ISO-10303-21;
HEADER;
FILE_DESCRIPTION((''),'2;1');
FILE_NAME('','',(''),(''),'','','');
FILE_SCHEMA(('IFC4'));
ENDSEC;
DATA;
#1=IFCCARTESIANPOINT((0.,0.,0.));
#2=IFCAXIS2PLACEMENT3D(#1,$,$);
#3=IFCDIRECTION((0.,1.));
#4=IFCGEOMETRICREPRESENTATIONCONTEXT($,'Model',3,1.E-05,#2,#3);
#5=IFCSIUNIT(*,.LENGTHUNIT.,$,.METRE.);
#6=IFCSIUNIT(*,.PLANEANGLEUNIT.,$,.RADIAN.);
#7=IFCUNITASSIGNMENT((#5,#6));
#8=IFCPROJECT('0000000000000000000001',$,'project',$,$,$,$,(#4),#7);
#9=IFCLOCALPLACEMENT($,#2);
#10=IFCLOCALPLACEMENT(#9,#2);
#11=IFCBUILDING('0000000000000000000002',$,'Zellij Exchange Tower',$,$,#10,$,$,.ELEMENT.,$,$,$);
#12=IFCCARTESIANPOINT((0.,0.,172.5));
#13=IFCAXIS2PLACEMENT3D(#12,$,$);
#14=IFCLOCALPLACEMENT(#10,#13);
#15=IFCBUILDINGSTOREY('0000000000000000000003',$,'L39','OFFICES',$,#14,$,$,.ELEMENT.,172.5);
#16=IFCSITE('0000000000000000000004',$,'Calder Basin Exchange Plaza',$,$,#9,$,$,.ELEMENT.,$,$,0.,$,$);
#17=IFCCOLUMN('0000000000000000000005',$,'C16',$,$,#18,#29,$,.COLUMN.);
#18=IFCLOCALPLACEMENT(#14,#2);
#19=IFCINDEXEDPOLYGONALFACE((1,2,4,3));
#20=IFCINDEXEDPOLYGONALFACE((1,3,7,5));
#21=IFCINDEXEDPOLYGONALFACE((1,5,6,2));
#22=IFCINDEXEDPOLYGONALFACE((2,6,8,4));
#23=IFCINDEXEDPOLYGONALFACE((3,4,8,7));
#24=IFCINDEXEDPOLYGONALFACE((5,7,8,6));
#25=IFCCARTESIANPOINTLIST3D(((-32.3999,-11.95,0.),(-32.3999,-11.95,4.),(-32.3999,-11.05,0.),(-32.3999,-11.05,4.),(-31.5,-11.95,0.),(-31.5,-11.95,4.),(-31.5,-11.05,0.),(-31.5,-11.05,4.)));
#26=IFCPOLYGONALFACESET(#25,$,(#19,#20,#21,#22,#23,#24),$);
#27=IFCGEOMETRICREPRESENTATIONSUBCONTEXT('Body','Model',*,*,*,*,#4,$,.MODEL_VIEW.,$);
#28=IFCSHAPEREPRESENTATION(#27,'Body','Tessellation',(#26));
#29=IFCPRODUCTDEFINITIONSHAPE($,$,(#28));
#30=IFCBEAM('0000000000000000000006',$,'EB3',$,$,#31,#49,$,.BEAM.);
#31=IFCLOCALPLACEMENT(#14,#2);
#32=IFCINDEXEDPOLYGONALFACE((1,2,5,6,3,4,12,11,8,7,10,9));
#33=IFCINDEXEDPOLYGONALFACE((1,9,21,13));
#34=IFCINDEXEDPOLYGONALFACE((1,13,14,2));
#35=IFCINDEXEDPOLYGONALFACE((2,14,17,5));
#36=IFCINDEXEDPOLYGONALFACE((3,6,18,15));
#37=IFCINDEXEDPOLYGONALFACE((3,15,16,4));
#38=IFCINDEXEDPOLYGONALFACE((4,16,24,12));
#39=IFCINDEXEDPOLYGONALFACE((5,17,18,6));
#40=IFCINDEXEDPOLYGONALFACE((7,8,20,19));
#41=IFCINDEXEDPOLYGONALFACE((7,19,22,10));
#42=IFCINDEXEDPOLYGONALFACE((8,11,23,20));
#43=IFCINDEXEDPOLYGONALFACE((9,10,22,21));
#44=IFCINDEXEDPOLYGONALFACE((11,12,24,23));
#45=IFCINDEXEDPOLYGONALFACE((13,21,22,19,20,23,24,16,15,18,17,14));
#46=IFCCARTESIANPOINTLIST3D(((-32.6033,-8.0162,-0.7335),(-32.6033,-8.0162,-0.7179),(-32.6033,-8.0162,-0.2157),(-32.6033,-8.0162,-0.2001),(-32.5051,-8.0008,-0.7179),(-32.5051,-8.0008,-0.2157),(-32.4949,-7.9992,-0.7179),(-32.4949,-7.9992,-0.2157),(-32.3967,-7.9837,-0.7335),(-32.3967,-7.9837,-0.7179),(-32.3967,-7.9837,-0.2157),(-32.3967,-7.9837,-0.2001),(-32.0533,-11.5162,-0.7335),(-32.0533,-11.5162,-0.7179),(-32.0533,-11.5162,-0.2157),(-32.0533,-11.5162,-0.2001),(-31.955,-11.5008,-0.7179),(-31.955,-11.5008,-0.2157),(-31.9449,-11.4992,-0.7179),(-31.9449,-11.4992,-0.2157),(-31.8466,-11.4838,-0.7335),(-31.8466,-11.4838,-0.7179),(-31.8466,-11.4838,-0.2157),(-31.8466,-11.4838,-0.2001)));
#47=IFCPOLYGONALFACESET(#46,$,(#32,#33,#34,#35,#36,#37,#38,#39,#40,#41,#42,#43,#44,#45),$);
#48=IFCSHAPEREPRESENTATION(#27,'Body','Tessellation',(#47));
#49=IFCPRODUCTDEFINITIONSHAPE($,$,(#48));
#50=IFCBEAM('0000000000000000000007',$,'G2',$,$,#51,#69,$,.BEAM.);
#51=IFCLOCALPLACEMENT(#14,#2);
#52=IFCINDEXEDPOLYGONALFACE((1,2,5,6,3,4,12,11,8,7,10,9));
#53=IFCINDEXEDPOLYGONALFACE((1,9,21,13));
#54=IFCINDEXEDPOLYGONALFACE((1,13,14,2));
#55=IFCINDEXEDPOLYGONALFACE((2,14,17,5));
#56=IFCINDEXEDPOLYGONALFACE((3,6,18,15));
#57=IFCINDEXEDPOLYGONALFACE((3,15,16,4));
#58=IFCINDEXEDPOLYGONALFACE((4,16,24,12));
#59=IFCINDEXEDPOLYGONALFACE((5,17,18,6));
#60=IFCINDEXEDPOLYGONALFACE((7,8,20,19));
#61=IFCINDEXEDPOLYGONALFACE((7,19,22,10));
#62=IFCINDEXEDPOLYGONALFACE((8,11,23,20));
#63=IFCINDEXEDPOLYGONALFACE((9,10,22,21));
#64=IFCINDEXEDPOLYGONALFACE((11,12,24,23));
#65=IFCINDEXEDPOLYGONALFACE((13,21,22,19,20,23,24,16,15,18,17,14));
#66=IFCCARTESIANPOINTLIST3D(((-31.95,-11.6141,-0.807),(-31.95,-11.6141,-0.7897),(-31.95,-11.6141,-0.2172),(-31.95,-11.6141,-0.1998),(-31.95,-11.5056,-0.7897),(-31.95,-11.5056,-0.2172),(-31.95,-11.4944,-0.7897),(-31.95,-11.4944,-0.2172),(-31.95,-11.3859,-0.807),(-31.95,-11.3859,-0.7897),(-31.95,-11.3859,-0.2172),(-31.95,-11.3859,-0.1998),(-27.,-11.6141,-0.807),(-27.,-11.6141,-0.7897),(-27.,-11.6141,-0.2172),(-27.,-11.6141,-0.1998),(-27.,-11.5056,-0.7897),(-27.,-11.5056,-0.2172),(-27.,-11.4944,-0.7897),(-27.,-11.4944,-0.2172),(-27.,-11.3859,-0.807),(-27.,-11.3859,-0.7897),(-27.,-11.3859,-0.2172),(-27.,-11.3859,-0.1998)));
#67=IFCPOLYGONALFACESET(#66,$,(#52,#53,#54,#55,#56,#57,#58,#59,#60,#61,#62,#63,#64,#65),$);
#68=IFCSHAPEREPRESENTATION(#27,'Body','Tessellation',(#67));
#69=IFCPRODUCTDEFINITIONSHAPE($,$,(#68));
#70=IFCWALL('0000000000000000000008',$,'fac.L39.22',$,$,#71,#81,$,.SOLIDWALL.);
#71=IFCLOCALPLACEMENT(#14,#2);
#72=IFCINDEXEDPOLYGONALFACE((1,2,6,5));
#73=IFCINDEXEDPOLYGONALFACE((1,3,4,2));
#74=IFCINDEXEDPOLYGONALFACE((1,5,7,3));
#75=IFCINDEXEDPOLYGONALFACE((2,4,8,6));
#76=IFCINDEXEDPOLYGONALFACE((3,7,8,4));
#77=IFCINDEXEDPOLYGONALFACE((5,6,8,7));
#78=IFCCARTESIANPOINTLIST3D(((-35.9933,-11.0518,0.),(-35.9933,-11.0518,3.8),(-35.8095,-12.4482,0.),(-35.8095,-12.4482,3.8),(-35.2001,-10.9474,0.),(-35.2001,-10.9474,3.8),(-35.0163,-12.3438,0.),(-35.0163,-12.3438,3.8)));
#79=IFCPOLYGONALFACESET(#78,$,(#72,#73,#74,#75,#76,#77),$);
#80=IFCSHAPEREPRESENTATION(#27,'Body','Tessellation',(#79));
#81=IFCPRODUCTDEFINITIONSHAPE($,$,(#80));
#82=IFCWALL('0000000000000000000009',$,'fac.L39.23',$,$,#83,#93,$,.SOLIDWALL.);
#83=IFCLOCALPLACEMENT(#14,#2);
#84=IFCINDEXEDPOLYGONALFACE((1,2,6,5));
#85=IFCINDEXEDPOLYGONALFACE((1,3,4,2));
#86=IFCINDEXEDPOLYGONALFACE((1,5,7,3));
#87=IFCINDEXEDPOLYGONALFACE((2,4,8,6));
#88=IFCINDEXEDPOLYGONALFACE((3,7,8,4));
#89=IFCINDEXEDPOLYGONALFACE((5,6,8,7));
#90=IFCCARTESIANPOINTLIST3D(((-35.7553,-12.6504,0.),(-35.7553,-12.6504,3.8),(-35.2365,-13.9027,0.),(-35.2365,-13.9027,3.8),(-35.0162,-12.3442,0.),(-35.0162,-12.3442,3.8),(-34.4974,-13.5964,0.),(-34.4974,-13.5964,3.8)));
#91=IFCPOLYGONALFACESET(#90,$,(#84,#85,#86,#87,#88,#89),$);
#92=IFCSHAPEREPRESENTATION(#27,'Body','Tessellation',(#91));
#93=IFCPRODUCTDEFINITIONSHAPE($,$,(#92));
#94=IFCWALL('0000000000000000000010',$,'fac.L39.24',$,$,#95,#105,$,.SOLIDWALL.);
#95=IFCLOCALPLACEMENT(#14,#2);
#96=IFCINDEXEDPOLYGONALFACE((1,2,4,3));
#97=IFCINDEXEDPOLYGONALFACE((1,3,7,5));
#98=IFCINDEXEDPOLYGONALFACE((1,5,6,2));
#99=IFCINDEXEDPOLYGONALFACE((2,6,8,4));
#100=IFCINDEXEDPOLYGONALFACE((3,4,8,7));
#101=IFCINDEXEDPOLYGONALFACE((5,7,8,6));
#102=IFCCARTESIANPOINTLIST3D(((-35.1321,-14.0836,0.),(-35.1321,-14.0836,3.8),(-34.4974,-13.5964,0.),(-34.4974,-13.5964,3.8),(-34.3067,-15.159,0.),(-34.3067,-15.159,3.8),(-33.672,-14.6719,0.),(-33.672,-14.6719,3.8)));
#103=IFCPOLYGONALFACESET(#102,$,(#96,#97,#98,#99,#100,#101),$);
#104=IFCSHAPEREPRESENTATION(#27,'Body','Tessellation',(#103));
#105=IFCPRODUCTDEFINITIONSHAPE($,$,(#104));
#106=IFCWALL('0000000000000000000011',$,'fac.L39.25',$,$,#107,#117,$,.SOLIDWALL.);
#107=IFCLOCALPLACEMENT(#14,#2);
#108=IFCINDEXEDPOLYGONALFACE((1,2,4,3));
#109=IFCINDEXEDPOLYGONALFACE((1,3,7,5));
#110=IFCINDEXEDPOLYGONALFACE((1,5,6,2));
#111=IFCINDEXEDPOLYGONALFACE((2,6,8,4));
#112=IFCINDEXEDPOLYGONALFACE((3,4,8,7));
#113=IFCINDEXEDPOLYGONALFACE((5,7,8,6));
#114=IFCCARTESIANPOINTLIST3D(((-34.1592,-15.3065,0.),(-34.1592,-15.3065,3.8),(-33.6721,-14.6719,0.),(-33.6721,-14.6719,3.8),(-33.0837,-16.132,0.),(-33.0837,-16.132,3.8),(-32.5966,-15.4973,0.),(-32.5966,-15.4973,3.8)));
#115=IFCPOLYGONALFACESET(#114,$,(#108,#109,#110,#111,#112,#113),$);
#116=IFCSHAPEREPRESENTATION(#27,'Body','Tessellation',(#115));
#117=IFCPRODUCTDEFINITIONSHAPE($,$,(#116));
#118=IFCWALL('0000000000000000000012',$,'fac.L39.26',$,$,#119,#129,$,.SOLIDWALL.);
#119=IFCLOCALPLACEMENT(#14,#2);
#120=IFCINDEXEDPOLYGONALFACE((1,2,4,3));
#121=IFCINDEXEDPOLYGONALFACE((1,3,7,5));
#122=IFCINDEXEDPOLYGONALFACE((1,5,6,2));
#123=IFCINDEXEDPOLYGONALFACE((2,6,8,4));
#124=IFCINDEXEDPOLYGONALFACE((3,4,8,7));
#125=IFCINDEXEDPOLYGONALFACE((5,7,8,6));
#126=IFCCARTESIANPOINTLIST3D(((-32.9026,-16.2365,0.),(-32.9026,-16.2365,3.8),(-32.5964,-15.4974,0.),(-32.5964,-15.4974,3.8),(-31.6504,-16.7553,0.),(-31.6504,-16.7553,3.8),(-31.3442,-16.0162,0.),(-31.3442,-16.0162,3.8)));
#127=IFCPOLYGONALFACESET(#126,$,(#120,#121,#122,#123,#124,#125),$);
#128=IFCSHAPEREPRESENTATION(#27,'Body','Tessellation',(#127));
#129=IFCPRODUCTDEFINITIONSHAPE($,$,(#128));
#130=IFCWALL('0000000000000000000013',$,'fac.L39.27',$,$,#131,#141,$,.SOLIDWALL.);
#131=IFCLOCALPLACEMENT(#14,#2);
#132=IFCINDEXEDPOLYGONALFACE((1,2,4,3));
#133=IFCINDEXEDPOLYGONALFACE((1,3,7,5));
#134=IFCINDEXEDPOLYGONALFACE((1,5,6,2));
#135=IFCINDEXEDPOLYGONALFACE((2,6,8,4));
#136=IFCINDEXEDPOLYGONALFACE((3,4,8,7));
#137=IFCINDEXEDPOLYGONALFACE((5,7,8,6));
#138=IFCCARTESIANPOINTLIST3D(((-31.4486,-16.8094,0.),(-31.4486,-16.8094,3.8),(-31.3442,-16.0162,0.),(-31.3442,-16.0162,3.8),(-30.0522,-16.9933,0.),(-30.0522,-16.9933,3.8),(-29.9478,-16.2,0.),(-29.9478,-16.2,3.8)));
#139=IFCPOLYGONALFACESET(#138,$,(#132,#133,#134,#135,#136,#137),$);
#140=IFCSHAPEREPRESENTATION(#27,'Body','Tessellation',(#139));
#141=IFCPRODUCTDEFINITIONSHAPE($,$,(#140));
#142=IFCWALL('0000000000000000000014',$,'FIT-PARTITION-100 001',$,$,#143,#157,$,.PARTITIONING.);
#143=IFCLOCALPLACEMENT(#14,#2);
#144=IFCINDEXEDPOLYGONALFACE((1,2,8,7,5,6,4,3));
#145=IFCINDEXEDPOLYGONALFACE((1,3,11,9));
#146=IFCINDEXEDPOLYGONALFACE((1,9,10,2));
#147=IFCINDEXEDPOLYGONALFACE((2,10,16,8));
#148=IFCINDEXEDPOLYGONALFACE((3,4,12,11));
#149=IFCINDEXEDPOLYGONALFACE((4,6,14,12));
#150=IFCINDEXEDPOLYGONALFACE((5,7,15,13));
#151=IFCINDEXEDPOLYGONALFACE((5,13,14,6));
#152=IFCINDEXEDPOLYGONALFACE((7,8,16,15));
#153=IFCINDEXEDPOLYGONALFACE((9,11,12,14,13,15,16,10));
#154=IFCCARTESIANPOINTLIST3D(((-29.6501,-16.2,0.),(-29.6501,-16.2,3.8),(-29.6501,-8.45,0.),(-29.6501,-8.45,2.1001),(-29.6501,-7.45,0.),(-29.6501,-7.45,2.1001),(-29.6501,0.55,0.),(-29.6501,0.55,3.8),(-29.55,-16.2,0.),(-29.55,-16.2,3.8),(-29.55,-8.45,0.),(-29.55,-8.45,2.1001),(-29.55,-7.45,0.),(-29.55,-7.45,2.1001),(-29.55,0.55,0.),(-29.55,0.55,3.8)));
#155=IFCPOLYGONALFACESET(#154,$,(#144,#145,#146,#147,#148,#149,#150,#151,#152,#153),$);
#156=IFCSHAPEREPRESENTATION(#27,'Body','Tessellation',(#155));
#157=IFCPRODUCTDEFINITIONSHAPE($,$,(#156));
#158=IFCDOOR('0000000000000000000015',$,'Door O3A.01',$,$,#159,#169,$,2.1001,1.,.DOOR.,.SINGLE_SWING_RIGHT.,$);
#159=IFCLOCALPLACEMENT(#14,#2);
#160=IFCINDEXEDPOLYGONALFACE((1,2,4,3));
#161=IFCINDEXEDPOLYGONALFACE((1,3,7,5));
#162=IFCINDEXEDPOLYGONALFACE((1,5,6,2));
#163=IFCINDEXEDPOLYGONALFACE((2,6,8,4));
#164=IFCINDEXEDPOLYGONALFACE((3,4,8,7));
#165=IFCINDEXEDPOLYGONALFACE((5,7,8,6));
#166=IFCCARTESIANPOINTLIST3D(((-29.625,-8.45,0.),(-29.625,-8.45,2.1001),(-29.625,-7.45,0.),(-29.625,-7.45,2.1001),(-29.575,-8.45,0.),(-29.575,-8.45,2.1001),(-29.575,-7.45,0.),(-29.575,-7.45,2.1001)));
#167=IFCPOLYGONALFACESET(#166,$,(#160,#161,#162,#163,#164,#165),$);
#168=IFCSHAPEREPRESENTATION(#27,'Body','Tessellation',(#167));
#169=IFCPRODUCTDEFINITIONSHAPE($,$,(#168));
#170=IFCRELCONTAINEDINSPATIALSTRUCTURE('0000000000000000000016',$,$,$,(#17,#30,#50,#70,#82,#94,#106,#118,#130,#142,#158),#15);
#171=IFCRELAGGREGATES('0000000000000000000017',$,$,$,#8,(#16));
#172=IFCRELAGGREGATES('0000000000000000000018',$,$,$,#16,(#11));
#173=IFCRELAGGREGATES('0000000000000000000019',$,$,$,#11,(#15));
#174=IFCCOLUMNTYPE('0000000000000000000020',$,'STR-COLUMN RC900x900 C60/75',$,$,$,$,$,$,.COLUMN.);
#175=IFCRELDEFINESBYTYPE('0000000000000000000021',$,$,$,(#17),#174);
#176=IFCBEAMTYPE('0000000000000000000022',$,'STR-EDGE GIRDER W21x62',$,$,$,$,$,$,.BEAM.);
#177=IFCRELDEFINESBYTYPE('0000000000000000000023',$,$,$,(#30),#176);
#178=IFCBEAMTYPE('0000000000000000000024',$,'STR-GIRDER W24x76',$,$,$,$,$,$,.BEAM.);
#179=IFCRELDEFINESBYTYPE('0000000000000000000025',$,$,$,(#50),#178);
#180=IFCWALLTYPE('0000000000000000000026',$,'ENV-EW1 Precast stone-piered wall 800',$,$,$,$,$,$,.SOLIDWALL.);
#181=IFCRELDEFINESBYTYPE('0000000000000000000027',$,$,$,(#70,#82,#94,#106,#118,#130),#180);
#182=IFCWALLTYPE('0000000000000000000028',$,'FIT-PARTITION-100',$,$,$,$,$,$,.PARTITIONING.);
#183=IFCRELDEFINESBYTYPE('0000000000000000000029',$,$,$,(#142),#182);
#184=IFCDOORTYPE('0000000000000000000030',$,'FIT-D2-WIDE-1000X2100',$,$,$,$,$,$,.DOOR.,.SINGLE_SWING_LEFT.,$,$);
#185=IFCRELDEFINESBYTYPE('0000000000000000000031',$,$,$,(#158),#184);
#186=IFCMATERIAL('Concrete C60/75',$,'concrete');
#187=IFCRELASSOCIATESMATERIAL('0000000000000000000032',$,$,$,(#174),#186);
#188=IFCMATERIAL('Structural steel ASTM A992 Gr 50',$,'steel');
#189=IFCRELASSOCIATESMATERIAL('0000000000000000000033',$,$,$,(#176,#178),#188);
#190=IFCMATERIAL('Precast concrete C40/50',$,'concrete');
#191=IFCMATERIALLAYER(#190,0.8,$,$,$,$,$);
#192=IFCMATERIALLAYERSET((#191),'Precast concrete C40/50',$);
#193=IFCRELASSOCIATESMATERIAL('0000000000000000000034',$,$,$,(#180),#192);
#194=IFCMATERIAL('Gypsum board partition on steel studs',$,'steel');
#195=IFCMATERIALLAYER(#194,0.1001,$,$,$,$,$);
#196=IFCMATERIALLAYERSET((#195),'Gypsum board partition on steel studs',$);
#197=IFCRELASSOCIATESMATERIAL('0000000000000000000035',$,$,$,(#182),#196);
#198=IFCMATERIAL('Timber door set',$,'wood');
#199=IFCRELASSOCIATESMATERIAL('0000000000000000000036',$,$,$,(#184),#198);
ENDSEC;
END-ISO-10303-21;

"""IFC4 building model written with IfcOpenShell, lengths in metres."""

from ifc_helpers import new_model, si_unit, direction, frame, frame_2d, origin, origin_2d, place, context, subcontext, project, spatial, rectangle, i_section, extrude, material, layer, layer_set, material_profile, profile_set, type_object, element, fill, save


model = new_model("IFC4")

# Units and contexts
model_context = context("Model", 3, precision=1e-05, world=origin(), true_north=direction((0.0, 1.0)))
body_context = subcontext(model_context, "Body", "Model", "MODEL_VIEW")
ifc_project = project(units=[si_unit("LENGTHUNIT", "METRE"), si_unit("PLANEANGLEUNIT", "RADIAN")], contexts=[model_context])

# Site, building, storey
site_placement = place(None, origin())
site = spatial("IfcSite", under=ifc_project, at=site_placement, Name="Calder Basin Exchange Plaza", CompositionType="ELEMENT", RefElevation=0.0)
building_placement = place(site_placement, origin())
building = spatial("IfcBuilding", under=site, at=building_placement, Name="Zellij Exchange Tower", CompositionType="ELEMENT")
storey_placement = place(building_placement, frame((0.0, 0.0, 172.5)))
storey = spatial("IfcBuildingStorey", under=building, at=storey_placement, Name="L39", Description="OFFICES", CompositionType="ELEMENT", Elevation=172.5)

# Column
ifc_material_1 = material(Name="Concrete C60/75", Category="concrete")
ifc_material_profile_1 = material_profile(ifc_material_1, rectangle(XDim=0.8999, YDim=0.8999, at=origin_2d()), Name="STR-COLUMN RC900x900 C60/75")
ifc_profile_set_1 = profile_set([ifc_material_profile_1], Name="Concrete C60/75")
column_type = type_object("IfcColumnType", Name="STR-COLUMN RC900x900 C60/75", PredefinedType="COLUMN", material=ifc_profile_set_1)
column_placement = place(storey_placement, frame((-31.95, -11.5, 0.0), z_axis=(0.0, 0.0, 1.0), x_axis=(1.0, 0.0, 0.0)))
element("IfcColumn", 1, at=column_placement, inside=storey, type_object=column_type, Name="C16", PredefinedType="COLUMN", context=body_context, shape_type="SweptSolid", body=[
    extrude(rectangle(XDim=0.8999, YDim=0.8999, at=origin_2d()), origin(), (0.0, 0.0, 1.0), 4.0),
])

# Beams
ifc_material_2 = material(Name="Structural steel ASTM A992 Gr 50", Category="steel")
ifc_material_profile_2 = material_profile(ifc_material_2, i_section(OverallWidth=0.2092, OverallDepth=0.5334, WebThickness=0.0103, FlangeThickness=0.0156, at=origin_2d()), Name="W21x62")
ifc_profile_set_2 = profile_set([ifc_material_profile_2], Name="Structural steel ASTM A992 Gr 50")
beam_type_1 = type_object("IfcBeamType", Name="STR-EDGE GIRDER W21x62", PredefinedType="BEAM", material=ifc_profile_set_2)
beam_1_placement = place(storey_placement, frame((-31.95, -11.5, -0.4668), z_axis=(-0.155251, 0.987875, 0.0), x_axis=(-0.987875, -0.155251, 0.0)))
element("IfcBeam", 2, at=beam_1_placement, inside=storey, type_object=beam_type_1, Name="EB3", PredefinedType="BEAM", context=body_context, shape_type="SweptSolid", body=[
    extrude(i_section(OverallWidth=0.2092, OverallDepth=0.5334, WebThickness=0.0103, FlangeThickness=0.0156, at=origin_2d()), origin(), (0.0, 0.0, 1.0), 3.543),
])
ifc_material_profile_3 = material_profile(ifc_material_2, i_section(OverallWidth=0.2283, OverallDepth=0.6072, WebThickness=0.0112, FlangeThickness=0.0173, at=origin_2d()), Name="W24x76")
ifc_profile_set_3 = profile_set([ifc_material_profile_3], Name="Structural steel ASTM A992 Gr 50")
beam_type_2 = type_object("IfcBeamType", Name="STR-GIRDER W24x76", PredefinedType="BEAM", material=ifc_profile_set_3)
beam_2_placement = place(storey_placement, frame((-31.95, -11.5, -0.5034), z_axis=(1.0, 0.0, 0.0), x_axis=(0.0, 1.0, 0.0)))
element("IfcBeam", 3, at=beam_2_placement, inside=storey, type_object=beam_type_2, Name="G2", PredefinedType="BEAM", context=body_context, shape_type="SweptSolid", body=[
    extrude(i_section(OverallWidth=0.2283, OverallDepth=0.6072, WebThickness=0.0112, FlangeThickness=0.0173, at=origin_2d()), origin(), (0.0, 0.0, 1.0), 4.95),
])

# Shared definitions
ifc_material_3 = material(Name="Precast concrete C40/50", Category="concrete")
ifc_layer_1 = layer(ifc_material_3, 0.8)
ifc_layer_set_1 = layer_set([ifc_layer_1], Name="Precast concrete C40/50")
wall_type_1 = type_object("IfcWallType", Name="ENV-EW1 Precast stone-piered wall 800", PredefinedType="SOLIDWALL", material=ifc_layer_set_1)

# Walls
wall_1_placement = place(storey_placement, frame((-35.5967, -10.9998, 0.0), z_axis=(0.0, 0.0, 1.0), x_axis=(0.130517, -0.991446, 0.0)))
element("IfcWall", 4, at=wall_1_placement, inside=storey, type_object=wall_type_1, Name="fac.L39.22", PredefinedType="SOLIDWALL", context=body_context, shape_type="SweptSolid", body=[
    extrude(rectangle(XDim=1.4084, YDim=0.8, at=frame_2d((0.7041, 0.0))), origin(), (0.0, 0.0, 1.0), 3.8),
])
wall_2_placement = place(storey_placement, frame((-35.3857, -12.4973, 0.0), z_axis=(0.0, 0.0, 1.0), x_axis=(0.38276, -0.923848, 0.0)))
element("IfcWall", 5, at=wall_2_placement, inside=storey, type_object=wall_type_1, Name="fac.L39.23", PredefinedType="SOLIDWALL", context=body_context, shape_type="SweptSolid", body=[
    extrude(rectangle(XDim=1.3555, YDim=0.8, at=frame_2d((0.6777, 0.0))), origin(), (0.0, 0.0, 1.0), 3.8),
])
for number, where, z_axis, x_axis, name in (
    (6, (-34.8147, -13.8401, 0.0), (0.0, 0.0, 1.0), (0.608866, -0.793273, 0.0), "fac.L39.24"),
    (7, (-33.9155, -14.9893, 0.0), (0.0, 0.0, 1.0), (0.793273, -0.608866, 0.0), "fac.L39.25"),
):
    element("IfcWall", number, at=place(storey_placement, frame(where, z_axis=z_axis, x_axis=x_axis)), inside=storey, type_object=wall_type_1, Name=name, PredefinedType="SOLIDWALL", context=body_context, shape_type="SweptSolid", body=[
        extrude(rectangle(XDim=1.3557, YDim=0.8, at=frame_2d((0.6777, 0.0))), origin(), (0.0, 0.0, 1.0), 3.8),
    ])
wall_3_placement = place(storey_placement, frame((-32.7495, -15.8669, 0.0), z_axis=(0.0, 0.0, 1.0), x_axis=(0.923848, -0.38276, 0.0)))
element("IfcWall", 8, at=wall_3_placement, inside=storey, type_object=wall_type_1, Name="fac.L39.26", PredefinedType="SOLIDWALL", context=body_context, shape_type="SweptSolid", body=[
    extrude(rectangle(XDim=1.3555, YDim=0.8, at=frame_2d((0.6777, 0.0))), origin(), (0.0, 0.0, 1.0), 3.8),
])
wall_4_placement = place(storey_placement, frame((-31.3962, -16.4128, 0.0), z_axis=(0.0, 0.0, 1.0), x_axis=(0.991446, -0.130517, 0.0)))
element("IfcWall", 9, at=wall_4_placement, inside=storey, type_object=wall_type_1, Name="fac.L39.27", PredefinedType="SOLIDWALL", context=body_context, shape_type="SweptSolid", body=[
    extrude(rectangle(XDim=1.4084, YDim=0.8, at=frame_2d((0.7041, 0.0))), origin(), (0.0, 0.0, 1.0), 3.8),
])

# Wall, opening, door
ifc_material_4 = material(Name="Gypsum board partition on steel studs", Category="steel")
ifc_layer_2 = layer(ifc_material_4, 0.1001)
ifc_layer_set_2 = layer_set([ifc_layer_2], Name="Gypsum board partition on steel studs")
wall_type_2 = type_object("IfcWallType", Name="FIT-PARTITION-100", PredefinedType="PARTITIONING", material=ifc_layer_set_2)
wall_5_placement = place(storey_placement, frame((-29.6001, -16.2, 0.0), z_axis=(0.0, 0.0, 1.0), x_axis=(0.0, 1.0, 0.0)))
wall_5 = element("IfcWall", 10, at=wall_5_placement, inside=storey, type_object=wall_type_2, Name="FIT-PARTITION-100 001", PredefinedType="PARTITIONING", context=body_context, shape_type="SweptSolid", body=[
    extrude(rectangle(XDim=16.75, YDim=0.1001, at=frame_2d((8.375, 0.0))), origin(), (0.0, 0.0, 1.0), 3.8),
])
opening_1_placement = place(wall_5_placement, frame((7.75, 0.0, 0.0)))
opening_1 = element("IfcOpeningElement", 11, at=opening_1_placement, cuts=wall_5, PredefinedType="OPENING", context=body_context, shape_type="SweptSolid", body=[
    extrude(rectangle(XDim=1.0, YDim=2.1001, at=frame_2d((0.5, 1.05))), frame((0.0, 0.062, 0.0), z_axis=(0.0, -1.0, 0.0), x_axis=(1.0, 0.0, 0.0)), (0.0, 0.0, 1.0), 0.124),
])
ifc_material_5 = material(Name="Timber door set", Category="wood")
door_type = type_object("IfcDoorType", Name="FIT-D2-WIDE-1000X2100", OperationType="SINGLE_SWING_LEFT", PredefinedType="DOOR", material=ifc_material_5)
door_placement = place(opening_1_placement, origin())
door = element("IfcDoor", 12, at=door_placement, inside=storey, type_object=door_type, Name="Door O3A.01", OperationType="SINGLE_SWING_RIGHT", OverallHeight=2.1001, OverallWidth=1.0, PredefinedType="DOOR", context=body_context, shape_type="SweptSolid", body=[
    extrude(rectangle(XDim=1.0, YDim=2.1001, at=frame_2d((0.5, 1.05))), frame((0.0, 0.0249, 0.0), z_axis=(0.0, -1.0, 0.0), x_axis=(1.0, 0.0, 0.0)), (0.0, 0.0, 1.0), 0.05),
])
fill(opening_1, door)

save(model, "model.ifc")
